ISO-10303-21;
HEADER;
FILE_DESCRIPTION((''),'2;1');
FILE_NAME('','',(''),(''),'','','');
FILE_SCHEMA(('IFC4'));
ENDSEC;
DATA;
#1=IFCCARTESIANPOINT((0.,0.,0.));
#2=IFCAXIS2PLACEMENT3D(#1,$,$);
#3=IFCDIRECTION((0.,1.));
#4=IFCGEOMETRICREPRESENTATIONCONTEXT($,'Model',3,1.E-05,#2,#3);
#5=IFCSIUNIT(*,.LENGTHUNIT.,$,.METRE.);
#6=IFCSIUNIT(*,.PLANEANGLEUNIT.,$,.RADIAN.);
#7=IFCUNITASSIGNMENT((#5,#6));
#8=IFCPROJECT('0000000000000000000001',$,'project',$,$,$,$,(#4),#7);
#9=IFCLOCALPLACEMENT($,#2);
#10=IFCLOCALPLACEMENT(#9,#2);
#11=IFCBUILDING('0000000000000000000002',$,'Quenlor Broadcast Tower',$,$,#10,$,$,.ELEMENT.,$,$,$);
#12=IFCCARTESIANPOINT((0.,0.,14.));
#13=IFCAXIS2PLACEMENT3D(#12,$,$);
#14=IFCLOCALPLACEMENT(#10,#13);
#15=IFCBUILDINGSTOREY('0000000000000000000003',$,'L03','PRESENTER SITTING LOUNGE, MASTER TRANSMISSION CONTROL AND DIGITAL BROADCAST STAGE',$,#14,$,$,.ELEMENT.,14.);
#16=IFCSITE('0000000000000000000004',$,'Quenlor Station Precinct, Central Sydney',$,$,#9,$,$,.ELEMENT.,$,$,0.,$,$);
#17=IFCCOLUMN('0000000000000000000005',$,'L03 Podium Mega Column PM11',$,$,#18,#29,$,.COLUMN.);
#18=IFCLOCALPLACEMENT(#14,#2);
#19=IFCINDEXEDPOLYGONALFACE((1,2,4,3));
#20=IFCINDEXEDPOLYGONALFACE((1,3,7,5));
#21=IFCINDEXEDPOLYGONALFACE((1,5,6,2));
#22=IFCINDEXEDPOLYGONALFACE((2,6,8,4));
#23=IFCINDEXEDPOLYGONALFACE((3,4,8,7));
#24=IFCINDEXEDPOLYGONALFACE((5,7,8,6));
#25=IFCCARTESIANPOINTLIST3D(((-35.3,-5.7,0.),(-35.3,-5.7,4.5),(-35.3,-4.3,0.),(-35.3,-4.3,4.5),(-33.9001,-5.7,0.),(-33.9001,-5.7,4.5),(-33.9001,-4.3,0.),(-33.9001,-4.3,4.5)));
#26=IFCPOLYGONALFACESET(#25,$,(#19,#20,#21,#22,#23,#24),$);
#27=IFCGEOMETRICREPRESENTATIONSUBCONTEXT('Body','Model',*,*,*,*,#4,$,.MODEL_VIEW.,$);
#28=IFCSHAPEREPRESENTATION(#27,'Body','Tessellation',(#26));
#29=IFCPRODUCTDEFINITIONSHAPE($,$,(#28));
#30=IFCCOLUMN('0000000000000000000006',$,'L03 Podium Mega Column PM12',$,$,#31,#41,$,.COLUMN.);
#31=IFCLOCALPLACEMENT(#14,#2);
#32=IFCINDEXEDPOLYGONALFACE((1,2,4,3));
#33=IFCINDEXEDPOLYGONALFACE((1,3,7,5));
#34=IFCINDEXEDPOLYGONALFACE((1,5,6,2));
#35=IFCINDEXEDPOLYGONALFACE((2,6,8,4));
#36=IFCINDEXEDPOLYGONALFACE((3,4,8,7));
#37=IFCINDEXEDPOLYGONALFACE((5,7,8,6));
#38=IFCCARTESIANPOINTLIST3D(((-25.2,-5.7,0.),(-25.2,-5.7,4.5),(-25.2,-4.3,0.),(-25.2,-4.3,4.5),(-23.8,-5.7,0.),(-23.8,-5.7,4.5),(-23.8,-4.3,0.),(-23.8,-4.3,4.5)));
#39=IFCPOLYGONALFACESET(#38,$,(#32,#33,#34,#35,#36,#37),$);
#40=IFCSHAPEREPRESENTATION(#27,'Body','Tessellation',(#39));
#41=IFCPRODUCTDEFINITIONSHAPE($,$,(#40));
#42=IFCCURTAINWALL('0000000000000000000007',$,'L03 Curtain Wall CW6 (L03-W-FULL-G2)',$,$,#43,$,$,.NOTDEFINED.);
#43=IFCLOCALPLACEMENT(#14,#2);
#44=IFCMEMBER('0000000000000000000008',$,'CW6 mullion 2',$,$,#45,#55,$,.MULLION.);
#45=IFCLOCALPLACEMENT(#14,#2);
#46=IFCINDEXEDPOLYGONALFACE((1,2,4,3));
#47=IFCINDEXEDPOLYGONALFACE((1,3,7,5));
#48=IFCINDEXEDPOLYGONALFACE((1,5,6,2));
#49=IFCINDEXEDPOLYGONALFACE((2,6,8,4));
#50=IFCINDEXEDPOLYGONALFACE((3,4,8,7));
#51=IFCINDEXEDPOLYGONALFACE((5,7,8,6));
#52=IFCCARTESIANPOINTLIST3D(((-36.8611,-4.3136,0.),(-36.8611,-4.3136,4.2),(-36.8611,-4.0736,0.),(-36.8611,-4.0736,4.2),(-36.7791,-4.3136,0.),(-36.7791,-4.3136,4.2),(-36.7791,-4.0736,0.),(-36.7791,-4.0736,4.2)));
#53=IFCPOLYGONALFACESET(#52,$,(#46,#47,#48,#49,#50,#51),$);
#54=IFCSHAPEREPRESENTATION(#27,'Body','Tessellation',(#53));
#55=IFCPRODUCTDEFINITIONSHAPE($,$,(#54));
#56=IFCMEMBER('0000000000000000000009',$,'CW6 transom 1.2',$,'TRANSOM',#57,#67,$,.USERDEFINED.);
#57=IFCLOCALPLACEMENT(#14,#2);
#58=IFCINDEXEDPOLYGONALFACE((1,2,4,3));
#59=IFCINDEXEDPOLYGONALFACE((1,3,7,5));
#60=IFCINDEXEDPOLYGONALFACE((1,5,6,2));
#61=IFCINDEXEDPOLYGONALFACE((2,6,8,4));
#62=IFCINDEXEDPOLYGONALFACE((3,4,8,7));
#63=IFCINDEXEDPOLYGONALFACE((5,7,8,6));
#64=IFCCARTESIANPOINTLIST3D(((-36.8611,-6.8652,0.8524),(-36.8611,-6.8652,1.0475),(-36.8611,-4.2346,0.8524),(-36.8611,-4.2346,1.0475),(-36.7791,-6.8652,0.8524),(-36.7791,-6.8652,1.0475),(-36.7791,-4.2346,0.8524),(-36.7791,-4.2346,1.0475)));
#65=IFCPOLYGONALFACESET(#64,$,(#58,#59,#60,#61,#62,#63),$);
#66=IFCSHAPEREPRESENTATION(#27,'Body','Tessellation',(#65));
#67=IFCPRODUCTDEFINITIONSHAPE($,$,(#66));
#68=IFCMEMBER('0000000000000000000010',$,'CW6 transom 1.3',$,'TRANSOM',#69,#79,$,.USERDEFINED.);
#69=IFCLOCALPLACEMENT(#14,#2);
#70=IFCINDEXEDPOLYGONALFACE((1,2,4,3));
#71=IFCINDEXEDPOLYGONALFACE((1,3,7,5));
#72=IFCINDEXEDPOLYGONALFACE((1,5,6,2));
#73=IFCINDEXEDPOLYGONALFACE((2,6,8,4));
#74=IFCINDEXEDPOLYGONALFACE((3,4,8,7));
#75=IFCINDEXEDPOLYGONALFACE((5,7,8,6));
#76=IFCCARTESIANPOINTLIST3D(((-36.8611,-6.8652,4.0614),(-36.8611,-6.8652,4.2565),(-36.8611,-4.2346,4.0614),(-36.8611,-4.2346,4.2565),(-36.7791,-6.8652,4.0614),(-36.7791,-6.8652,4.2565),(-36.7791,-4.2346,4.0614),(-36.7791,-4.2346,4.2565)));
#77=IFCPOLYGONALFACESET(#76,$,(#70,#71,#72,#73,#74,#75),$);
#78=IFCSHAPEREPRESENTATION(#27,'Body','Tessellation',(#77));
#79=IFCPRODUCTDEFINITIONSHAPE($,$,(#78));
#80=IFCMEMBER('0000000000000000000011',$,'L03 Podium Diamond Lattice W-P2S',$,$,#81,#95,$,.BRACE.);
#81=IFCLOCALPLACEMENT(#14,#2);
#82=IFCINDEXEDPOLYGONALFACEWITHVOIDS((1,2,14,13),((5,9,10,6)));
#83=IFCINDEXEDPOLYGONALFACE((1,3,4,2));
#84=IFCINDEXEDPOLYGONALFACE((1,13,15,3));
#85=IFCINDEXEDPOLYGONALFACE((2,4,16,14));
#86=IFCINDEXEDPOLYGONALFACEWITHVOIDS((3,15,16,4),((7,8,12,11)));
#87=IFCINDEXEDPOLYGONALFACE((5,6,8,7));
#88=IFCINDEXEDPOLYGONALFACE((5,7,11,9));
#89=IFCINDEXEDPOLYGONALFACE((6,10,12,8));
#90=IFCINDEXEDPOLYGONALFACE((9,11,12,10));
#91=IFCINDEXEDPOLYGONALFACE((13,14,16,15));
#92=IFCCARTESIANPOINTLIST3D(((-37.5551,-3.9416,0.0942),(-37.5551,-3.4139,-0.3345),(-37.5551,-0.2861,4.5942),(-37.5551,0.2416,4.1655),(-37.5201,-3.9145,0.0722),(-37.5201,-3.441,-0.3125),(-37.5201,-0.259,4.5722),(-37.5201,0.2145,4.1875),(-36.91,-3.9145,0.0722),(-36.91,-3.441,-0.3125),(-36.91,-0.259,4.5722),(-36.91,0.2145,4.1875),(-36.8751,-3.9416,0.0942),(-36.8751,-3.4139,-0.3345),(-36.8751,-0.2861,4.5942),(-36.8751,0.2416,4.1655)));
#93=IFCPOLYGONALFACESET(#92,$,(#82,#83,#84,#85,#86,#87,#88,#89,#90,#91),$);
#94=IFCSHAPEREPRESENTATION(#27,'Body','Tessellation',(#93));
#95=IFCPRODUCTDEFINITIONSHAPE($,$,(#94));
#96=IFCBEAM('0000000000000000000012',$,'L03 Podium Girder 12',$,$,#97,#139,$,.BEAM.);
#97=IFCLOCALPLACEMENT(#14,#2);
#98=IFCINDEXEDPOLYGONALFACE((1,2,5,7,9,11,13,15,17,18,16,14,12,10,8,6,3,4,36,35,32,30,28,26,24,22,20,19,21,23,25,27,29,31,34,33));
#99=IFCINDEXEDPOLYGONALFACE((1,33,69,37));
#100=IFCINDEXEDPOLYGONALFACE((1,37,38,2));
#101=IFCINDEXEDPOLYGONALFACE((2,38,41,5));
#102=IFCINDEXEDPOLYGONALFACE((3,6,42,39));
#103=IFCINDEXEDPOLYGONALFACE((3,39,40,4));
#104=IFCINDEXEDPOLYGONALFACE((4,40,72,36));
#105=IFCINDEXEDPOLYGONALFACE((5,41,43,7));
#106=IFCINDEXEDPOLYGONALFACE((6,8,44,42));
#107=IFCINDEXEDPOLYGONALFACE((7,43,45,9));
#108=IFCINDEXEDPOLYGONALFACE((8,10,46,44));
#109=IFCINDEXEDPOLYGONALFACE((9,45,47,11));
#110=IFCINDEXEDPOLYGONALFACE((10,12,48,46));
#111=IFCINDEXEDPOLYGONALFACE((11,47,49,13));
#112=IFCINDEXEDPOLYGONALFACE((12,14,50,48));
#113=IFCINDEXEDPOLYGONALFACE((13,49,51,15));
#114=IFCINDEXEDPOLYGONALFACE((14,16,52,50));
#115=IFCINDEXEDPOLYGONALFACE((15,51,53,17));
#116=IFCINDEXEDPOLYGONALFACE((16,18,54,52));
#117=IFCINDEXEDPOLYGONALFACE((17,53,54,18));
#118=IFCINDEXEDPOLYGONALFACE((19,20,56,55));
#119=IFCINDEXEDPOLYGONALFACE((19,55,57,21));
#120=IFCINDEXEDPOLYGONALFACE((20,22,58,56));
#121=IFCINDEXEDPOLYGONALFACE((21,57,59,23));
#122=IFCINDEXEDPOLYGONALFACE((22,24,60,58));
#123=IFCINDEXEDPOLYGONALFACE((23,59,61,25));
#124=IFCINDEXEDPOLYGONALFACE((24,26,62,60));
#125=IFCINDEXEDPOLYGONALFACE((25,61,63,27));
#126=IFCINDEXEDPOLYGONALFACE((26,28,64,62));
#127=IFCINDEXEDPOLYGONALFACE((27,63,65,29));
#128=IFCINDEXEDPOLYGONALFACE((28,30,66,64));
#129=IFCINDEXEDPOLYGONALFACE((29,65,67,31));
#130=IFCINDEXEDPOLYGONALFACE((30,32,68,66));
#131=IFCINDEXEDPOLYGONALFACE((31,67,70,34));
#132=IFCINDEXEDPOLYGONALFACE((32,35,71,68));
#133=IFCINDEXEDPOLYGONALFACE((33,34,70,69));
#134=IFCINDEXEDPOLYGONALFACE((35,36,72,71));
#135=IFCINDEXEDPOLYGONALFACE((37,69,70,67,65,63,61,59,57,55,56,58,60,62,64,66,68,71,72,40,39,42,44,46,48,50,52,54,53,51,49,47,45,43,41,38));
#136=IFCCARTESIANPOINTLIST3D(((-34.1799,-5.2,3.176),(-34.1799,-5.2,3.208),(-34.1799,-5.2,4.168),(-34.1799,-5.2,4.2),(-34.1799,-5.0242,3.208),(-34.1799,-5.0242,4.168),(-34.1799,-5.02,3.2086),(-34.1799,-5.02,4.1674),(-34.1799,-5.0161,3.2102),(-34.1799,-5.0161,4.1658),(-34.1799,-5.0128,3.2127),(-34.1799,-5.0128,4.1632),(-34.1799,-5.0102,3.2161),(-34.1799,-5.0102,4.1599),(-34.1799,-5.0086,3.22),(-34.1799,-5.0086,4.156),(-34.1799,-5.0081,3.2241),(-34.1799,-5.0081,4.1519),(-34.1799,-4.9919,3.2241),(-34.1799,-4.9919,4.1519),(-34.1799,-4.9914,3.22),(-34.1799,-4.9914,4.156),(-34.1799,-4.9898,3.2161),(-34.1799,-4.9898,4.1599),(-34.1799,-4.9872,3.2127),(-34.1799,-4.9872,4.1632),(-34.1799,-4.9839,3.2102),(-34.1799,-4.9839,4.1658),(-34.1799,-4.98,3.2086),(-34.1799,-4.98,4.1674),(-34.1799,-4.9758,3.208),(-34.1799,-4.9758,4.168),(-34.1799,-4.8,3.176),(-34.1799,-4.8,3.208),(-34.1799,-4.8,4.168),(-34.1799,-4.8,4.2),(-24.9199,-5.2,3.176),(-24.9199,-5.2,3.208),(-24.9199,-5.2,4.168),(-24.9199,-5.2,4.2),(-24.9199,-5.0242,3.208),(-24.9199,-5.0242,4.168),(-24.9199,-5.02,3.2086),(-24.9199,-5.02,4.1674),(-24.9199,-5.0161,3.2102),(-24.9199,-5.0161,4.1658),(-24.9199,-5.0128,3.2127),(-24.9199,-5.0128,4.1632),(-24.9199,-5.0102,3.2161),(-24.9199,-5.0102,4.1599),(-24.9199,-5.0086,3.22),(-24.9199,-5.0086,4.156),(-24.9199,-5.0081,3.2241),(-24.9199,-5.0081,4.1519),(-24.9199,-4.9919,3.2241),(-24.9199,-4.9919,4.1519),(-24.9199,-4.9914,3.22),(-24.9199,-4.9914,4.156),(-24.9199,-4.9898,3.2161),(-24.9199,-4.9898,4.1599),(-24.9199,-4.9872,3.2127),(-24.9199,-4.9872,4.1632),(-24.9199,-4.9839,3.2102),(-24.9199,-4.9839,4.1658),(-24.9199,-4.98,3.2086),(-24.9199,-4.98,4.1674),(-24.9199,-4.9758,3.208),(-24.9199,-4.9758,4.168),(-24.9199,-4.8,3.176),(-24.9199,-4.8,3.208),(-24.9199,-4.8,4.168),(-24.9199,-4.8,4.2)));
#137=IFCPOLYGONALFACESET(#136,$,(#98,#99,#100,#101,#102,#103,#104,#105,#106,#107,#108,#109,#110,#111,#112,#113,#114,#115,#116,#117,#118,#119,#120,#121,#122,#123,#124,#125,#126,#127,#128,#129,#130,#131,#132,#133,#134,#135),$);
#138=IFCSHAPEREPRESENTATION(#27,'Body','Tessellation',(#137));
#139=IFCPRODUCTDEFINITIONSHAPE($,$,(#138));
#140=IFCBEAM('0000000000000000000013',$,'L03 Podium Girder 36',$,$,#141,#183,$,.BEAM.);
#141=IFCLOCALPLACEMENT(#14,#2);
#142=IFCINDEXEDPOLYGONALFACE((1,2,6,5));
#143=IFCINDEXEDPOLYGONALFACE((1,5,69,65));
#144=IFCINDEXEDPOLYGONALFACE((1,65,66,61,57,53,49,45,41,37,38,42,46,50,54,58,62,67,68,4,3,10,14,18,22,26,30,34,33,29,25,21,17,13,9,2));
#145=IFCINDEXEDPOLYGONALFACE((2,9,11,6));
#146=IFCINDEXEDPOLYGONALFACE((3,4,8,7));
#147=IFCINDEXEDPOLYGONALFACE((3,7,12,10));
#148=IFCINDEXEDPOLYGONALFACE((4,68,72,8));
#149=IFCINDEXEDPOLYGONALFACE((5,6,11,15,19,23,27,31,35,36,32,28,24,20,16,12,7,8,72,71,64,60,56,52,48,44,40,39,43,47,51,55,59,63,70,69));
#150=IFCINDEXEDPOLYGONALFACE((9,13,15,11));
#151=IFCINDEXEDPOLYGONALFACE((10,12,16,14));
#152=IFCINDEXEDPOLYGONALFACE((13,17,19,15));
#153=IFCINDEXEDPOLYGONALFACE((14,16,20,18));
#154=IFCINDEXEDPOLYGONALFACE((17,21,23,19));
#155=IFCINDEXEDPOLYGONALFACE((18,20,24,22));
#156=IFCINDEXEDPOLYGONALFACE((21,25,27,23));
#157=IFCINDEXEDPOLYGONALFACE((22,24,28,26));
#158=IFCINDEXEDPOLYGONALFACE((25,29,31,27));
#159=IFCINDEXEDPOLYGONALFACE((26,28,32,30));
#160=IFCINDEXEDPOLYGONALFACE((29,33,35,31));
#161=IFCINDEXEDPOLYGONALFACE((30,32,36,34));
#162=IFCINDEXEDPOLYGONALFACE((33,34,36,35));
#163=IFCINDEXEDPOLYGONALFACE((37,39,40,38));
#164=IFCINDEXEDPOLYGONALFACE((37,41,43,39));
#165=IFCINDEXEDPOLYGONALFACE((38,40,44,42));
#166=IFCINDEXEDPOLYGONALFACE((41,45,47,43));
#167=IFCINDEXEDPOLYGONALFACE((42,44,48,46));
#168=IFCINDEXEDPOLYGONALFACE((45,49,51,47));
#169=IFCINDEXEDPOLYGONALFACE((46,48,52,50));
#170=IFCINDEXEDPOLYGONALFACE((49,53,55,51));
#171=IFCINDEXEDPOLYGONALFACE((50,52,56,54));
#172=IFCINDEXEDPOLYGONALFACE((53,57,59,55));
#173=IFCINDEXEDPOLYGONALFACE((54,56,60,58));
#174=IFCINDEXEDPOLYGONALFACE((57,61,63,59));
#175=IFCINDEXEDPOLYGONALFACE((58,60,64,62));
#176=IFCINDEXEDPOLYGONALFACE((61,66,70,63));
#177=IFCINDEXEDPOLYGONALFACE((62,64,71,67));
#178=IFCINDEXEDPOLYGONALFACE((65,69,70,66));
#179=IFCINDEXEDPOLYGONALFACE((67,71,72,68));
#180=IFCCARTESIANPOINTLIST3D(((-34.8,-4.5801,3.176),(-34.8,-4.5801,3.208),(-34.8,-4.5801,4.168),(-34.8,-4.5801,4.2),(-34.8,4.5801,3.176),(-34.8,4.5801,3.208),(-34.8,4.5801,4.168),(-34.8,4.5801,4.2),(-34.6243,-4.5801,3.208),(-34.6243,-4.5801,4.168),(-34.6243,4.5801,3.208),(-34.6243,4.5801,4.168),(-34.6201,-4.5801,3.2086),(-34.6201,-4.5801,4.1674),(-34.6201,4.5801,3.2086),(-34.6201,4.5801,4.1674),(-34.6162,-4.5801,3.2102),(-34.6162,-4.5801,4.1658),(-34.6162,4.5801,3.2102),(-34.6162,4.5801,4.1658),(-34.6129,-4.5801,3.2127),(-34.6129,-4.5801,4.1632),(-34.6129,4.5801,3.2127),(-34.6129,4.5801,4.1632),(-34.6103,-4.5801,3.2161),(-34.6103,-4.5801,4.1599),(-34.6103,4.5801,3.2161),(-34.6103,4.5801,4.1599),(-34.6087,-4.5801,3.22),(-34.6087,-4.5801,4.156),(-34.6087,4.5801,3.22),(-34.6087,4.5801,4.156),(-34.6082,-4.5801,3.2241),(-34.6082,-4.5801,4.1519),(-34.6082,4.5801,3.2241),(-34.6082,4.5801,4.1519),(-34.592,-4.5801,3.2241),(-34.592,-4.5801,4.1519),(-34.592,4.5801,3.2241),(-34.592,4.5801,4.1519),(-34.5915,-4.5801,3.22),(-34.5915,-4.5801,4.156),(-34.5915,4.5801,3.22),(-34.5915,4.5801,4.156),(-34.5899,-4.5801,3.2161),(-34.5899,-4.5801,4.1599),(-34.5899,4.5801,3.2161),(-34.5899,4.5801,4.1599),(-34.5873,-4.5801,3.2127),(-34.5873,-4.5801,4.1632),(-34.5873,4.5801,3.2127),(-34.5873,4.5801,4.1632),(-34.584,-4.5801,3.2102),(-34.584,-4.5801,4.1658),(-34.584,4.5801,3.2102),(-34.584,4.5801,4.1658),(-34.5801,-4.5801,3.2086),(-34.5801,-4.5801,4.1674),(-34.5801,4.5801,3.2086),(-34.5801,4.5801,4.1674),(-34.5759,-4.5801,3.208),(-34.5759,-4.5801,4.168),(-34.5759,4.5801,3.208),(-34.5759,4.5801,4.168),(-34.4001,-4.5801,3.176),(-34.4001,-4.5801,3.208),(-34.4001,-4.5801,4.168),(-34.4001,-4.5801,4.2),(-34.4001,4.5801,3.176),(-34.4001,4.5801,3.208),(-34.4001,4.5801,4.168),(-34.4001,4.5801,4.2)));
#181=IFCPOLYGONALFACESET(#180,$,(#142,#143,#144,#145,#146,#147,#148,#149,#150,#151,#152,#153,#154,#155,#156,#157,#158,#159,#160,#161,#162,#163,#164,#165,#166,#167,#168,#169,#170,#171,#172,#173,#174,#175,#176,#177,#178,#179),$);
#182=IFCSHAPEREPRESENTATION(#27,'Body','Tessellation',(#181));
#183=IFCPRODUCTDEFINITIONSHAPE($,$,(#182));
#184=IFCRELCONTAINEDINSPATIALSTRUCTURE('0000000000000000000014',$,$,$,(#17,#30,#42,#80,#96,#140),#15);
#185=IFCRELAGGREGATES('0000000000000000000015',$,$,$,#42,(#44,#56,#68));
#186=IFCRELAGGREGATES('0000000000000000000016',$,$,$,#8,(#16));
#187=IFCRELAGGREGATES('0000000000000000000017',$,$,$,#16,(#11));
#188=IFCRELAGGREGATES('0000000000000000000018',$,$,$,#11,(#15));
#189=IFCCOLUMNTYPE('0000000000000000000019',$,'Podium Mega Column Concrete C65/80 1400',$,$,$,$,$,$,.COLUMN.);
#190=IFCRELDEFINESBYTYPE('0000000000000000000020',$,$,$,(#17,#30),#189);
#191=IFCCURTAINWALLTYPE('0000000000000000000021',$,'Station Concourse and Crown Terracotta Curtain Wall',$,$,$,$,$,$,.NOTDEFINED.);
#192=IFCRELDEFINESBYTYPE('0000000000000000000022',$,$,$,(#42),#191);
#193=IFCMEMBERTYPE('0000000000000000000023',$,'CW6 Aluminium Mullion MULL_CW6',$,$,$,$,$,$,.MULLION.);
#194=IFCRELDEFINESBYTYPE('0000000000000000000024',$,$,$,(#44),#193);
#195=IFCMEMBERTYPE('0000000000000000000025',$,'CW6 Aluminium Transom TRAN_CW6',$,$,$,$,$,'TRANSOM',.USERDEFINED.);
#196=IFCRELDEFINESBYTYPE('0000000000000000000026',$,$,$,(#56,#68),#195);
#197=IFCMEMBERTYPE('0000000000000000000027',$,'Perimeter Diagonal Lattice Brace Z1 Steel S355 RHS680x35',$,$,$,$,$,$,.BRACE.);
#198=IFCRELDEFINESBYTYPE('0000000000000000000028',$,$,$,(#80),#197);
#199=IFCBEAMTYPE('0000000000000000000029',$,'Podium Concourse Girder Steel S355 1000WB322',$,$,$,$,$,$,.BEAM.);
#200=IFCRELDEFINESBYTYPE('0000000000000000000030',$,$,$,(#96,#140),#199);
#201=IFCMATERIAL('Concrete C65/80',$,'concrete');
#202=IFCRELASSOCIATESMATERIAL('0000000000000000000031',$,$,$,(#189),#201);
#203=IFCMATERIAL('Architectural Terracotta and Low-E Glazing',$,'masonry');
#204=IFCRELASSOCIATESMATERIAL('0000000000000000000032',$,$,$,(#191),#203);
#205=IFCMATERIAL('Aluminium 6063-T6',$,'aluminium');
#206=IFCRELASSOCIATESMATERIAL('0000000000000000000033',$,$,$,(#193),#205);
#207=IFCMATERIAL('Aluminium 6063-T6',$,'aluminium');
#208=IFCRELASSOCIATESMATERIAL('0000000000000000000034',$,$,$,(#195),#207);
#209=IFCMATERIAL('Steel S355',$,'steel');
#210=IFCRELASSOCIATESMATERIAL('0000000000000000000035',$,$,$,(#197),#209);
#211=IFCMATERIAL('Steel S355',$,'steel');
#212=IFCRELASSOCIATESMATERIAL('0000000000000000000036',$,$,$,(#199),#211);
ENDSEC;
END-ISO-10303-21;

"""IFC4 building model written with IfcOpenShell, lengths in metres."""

from ifc_helpers import new_model, si_unit, direction, frame, origin, origin_2d, place, context, subcontext, project, spatial, rectangle, hollow_rectangle, i_section, extrude, material, material_profile, profile_set, type_object, element, aggregate, save


model = new_model("IFC4")

# Units and contexts
model_context = context("Model", 3, precision=1e-05, world=origin(), true_north=direction((0.0, 1.0)))
body_context = subcontext(model_context, "Body", "Model", "MODEL_VIEW")
ifc_project = project(units=[si_unit("LENGTHUNIT", "METRE"), si_unit("PLANEANGLEUNIT", "RADIAN")], contexts=[model_context])

# Site, building, storey
site_placement = place(None, origin())
site = spatial("IfcSite", under=ifc_project, at=site_placement, Name="Quenlor Station Precinct, Central Sydney", CompositionType="ELEMENT", RefElevation=0.0)
building_placement = place(site_placement, origin())
building = spatial("IfcBuilding", under=site, at=building_placement, Name="Quenlor Broadcast Tower", CompositionType="ELEMENT")
storey_placement = place(building_placement, frame((0.0, 0.0, 14.0)))
storey = spatial("IfcBuildingStorey", under=building, at=storey_placement, Name="L03", Description="PRESENTER SITTING LOUNGE, MASTER TRANSMISSION CONTROL AND DIGITAL BROADCAST STAGE", CompositionType="ELEMENT", Elevation=14.0)

# Columns
ifc_material_1 = material(Name="Concrete C65/80", Category="concrete")
ifc_material_profile_1 = material_profile(ifc_material_1, rectangle(XDim=1.3999, YDim=1.3999, at=origin_2d()))
ifc_profile_set_1 = profile_set([ifc_material_profile_1], Name="Concrete C65/80 RC1400x1400")
column_type = type_object("IfcColumnType", Name="Podium Mega Column Concrete C65/80 1400", PredefinedType="COLUMN", material=ifc_profile_set_1)
for number, where, z_axis, x_axis, name in (
    (1, (-34.6001, -5.0, 0.0), (0.0, 0.0, 1.0), (1.0, 0.0, 0.0), "L03 Podium Mega Column PM11"),
    (2, (-24.5, -5.0, 0.0), (0.0, 0.0, 1.0), (1.0, 0.0, 0.0), "L03 Podium Mega Column PM12"),
):
    element("IfcColumn", number, at=place(storey_placement, frame(where, z_axis=z_axis, x_axis=x_axis)), inside=storey, type_object=column_type, Name=name, PredefinedType="COLUMN", context=body_context, shape_type="SweptSolid", body=[
        extrude(rectangle(XDim=1.3999, YDim=1.3999, at=origin_2d()), origin(), (0.0, 0.0, 1.0), 4.5),
    ])

# Curtain wall, members
ifc_material_2 = material(Name="Architectural Terracotta and Low-E Glazing", Category="masonry")
curtain_wall_type = type_object("IfcCurtainWallType", Name="Station Concourse and Crown Terracotta Curtain Wall", PredefinedType="NOTDEFINED", material=ifc_material_2)
curtain_wall_placement = place(storey_placement, origin())
curtain_wall = element("IfcCurtainWall", 3, at=curtain_wall_placement, inside=storey, type_object=curtain_wall_type, Name="L03 Curtain Wall CW6 (L03-W-FULL-G2)", PredefinedType="NOTDEFINED")
ifc_material_3 = material(Name="Aluminium 6063-T6", Category="aluminium")
ifc_material_profile_2 = material_profile(ifc_material_3, rectangle(XDim=0.082, YDim=0.24, at=origin_2d()))
ifc_profile_set_2 = profile_set([ifc_material_profile_2], Name="Aluminium 6063-T6 MULL82x240")
member_type_1 = type_object("IfcMemberType", Name="CW6 Aluminium Mullion MULL_CW6", PredefinedType="MULLION", material=ifc_profile_set_2)
member_1_placement = place(storey_placement, frame((-36.8201, -4.1936, 0.0), z_axis=(0.0, 0.0, 1.0), x_axis=(-1.0, 0.0, 0.0)))
member_1 = element("IfcMember", 4, at=member_1_placement, type_object=member_type_1, Name="CW6 mullion 2", PredefinedType="MULLION", context=body_context, shape_type="SweptSolid", body=[
    extrude(rectangle(XDim=0.082, YDim=0.24, at=origin_2d()), origin(), (0.0, 0.0, 1.0), 4.2),
])
ifc_material_4 = material(Name="Aluminium 6063-T6", Category="aluminium")
ifc_material_profile_3 = material_profile(ifc_material_4, rectangle(XDim=0.082, YDim=0.1951, at=origin_2d()))
ifc_profile_set_3 = profile_set([ifc_material_profile_3], Name="Aluminium 6063-T6 TRAN82x195")
member_type_2 = type_object("IfcMemberType", Name="CW6 Aluminium Transom TRAN_CW6", ElementType="TRANSOM", PredefinedType="USERDEFINED", material=ifc_profile_set_3)
member_2_placement = place(storey_placement, frame((-36.8201, -6.8652, 0.95), z_axis=(0.0, 1.0, 0.0), x_axis=(-1.0, 0.0, 0.0)))
member_2 = element("IfcMember", 5, at=member_2_placement, type_object=member_type_2, Name="CW6 transom 1.2", ObjectType="TRANSOM", PredefinedType="USERDEFINED", context=body_context, shape_type="SweptSolid", body=[
    extrude(rectangle(XDim=0.082, YDim=0.1951, at=origin_2d()), origin(), (0.0, 0.0, 1.0), 2.6306),
])
member_3_placement = place(storey_placement, frame((-36.8201, -6.8652, 4.1589), z_axis=(0.0, 1.0, 0.0), x_axis=(-1.0, 0.0, 0.0)))
member_3 = element("IfcMember", 6, at=member_3_placement, type_object=member_type_2, Name="CW6 transom 1.3", ObjectType="TRANSOM", PredefinedType="USERDEFINED", context=body_context, shape_type="SweptSolid", body=[
    extrude(rectangle(XDim=0.082, YDim=0.1951, at=origin_2d()), origin(), (0.0, 0.0, 1.0), 2.6306),
])

# Member
ifc_material_5 = material(Name="Steel S355", Category="steel")
ifc_material_profile_4 = material_profile(ifc_material_5, hollow_rectangle(XDim=0.6799, YDim=0.6799, WallThickness=0.0349, at=origin_2d()))
ifc_profile_set_4 = profile_set([ifc_material_profile_4], Name="Steel S355 RHS680x680x35")
member_type_3 = type_object("IfcMemberType", Name="Perimeter Diagonal Lattice Brace Z1 Steel S355 RHS680x35", PredefinedType="BRACE", material=ifc_profile_set_4)
member_4_placement = place(storey_placement, frame((-37.2151, -3.6777, -0.1201), z_axis=(0.0, 0.630517, 0.776176), x_axis=(-1.0, 0.0, 0.0)))
element("IfcMember", 7, at=member_4_placement, inside=storey, type_object=member_type_3, Name="L03 Podium Diamond Lattice W-P2S", PredefinedType="BRACE", context=body_context, shape_type="SweptSolid", body=[
    extrude(hollow_rectangle(XDim=0.6799, YDim=0.6799, WallThickness=0.0349, at=origin_2d()), origin(), (0.0, 0.0, 1.0), 5.7976),
])

# Beams
ifc_material_6 = material(Name="Steel S355", Category="steel")
ifc_material_profile_5 = material_profile(ifc_material_6, i_section(OverallWidth=0.3999, OverallDepth=1.0239, WebThickness=0.0161, FlangeThickness=0.032, FilletRadius=0.0161, at=origin_2d()))
ifc_profile_set_5 = profile_set([ifc_material_profile_5], Name="Steel S355 1000WB322")
beam_type_1 = type_object("IfcBeamType", Name="Podium Concourse Girder Steel S355 1000WB322", PredefinedType="BEAM", material=ifc_profile_set_5)
beam_1_placement = place(storey_placement, frame((-34.1799, -5.0, 3.688), z_axis=(1.0, 0.0, 0.0), x_axis=(0.0, 1.0, 0.0)))
element("IfcBeam", 8, at=beam_1_placement, inside=storey, type_object=beam_type_1, Name="L03 Podium Girder 12", PredefinedType="BEAM", context=body_context, shape_type="SweptSolid", body=[
    extrude(i_section(OverallWidth=0.3999, OverallDepth=1.0239, WebThickness=0.0161, FlangeThickness=0.032, FilletRadius=0.0161, at=origin_2d()), origin(), (0.0, 0.0, 1.0), 9.26),
])
for number, where, z_axis, x_axis, name in (
    (9, (-34.6001, -4.5801, 3.688), (0.0, 1.0, 0.0), (-1.0, 0.0, 0.0), "L03 Podium Girder 36"),
):
    element("IfcBeam", number, at=place(storey_placement, frame(where, z_axis=z_axis, x_axis=x_axis)), inside=storey, type_object=beam_type_1, Name=name, PredefinedType="BEAM", context=body_context, shape_type="SweptSolid", body=[
        extrude(i_section(OverallWidth=0.3999, OverallDepth=1.0239, WebThickness=0.0161, FlangeThickness=0.032, FilletRadius=0.0161, at=origin_2d()), origin(), (0.0, 0.0, 1.0), 9.1602),
    ])

aggregate(curtain_wall, [member_1, member_2, member_3])

save(model, "model.ifc")
